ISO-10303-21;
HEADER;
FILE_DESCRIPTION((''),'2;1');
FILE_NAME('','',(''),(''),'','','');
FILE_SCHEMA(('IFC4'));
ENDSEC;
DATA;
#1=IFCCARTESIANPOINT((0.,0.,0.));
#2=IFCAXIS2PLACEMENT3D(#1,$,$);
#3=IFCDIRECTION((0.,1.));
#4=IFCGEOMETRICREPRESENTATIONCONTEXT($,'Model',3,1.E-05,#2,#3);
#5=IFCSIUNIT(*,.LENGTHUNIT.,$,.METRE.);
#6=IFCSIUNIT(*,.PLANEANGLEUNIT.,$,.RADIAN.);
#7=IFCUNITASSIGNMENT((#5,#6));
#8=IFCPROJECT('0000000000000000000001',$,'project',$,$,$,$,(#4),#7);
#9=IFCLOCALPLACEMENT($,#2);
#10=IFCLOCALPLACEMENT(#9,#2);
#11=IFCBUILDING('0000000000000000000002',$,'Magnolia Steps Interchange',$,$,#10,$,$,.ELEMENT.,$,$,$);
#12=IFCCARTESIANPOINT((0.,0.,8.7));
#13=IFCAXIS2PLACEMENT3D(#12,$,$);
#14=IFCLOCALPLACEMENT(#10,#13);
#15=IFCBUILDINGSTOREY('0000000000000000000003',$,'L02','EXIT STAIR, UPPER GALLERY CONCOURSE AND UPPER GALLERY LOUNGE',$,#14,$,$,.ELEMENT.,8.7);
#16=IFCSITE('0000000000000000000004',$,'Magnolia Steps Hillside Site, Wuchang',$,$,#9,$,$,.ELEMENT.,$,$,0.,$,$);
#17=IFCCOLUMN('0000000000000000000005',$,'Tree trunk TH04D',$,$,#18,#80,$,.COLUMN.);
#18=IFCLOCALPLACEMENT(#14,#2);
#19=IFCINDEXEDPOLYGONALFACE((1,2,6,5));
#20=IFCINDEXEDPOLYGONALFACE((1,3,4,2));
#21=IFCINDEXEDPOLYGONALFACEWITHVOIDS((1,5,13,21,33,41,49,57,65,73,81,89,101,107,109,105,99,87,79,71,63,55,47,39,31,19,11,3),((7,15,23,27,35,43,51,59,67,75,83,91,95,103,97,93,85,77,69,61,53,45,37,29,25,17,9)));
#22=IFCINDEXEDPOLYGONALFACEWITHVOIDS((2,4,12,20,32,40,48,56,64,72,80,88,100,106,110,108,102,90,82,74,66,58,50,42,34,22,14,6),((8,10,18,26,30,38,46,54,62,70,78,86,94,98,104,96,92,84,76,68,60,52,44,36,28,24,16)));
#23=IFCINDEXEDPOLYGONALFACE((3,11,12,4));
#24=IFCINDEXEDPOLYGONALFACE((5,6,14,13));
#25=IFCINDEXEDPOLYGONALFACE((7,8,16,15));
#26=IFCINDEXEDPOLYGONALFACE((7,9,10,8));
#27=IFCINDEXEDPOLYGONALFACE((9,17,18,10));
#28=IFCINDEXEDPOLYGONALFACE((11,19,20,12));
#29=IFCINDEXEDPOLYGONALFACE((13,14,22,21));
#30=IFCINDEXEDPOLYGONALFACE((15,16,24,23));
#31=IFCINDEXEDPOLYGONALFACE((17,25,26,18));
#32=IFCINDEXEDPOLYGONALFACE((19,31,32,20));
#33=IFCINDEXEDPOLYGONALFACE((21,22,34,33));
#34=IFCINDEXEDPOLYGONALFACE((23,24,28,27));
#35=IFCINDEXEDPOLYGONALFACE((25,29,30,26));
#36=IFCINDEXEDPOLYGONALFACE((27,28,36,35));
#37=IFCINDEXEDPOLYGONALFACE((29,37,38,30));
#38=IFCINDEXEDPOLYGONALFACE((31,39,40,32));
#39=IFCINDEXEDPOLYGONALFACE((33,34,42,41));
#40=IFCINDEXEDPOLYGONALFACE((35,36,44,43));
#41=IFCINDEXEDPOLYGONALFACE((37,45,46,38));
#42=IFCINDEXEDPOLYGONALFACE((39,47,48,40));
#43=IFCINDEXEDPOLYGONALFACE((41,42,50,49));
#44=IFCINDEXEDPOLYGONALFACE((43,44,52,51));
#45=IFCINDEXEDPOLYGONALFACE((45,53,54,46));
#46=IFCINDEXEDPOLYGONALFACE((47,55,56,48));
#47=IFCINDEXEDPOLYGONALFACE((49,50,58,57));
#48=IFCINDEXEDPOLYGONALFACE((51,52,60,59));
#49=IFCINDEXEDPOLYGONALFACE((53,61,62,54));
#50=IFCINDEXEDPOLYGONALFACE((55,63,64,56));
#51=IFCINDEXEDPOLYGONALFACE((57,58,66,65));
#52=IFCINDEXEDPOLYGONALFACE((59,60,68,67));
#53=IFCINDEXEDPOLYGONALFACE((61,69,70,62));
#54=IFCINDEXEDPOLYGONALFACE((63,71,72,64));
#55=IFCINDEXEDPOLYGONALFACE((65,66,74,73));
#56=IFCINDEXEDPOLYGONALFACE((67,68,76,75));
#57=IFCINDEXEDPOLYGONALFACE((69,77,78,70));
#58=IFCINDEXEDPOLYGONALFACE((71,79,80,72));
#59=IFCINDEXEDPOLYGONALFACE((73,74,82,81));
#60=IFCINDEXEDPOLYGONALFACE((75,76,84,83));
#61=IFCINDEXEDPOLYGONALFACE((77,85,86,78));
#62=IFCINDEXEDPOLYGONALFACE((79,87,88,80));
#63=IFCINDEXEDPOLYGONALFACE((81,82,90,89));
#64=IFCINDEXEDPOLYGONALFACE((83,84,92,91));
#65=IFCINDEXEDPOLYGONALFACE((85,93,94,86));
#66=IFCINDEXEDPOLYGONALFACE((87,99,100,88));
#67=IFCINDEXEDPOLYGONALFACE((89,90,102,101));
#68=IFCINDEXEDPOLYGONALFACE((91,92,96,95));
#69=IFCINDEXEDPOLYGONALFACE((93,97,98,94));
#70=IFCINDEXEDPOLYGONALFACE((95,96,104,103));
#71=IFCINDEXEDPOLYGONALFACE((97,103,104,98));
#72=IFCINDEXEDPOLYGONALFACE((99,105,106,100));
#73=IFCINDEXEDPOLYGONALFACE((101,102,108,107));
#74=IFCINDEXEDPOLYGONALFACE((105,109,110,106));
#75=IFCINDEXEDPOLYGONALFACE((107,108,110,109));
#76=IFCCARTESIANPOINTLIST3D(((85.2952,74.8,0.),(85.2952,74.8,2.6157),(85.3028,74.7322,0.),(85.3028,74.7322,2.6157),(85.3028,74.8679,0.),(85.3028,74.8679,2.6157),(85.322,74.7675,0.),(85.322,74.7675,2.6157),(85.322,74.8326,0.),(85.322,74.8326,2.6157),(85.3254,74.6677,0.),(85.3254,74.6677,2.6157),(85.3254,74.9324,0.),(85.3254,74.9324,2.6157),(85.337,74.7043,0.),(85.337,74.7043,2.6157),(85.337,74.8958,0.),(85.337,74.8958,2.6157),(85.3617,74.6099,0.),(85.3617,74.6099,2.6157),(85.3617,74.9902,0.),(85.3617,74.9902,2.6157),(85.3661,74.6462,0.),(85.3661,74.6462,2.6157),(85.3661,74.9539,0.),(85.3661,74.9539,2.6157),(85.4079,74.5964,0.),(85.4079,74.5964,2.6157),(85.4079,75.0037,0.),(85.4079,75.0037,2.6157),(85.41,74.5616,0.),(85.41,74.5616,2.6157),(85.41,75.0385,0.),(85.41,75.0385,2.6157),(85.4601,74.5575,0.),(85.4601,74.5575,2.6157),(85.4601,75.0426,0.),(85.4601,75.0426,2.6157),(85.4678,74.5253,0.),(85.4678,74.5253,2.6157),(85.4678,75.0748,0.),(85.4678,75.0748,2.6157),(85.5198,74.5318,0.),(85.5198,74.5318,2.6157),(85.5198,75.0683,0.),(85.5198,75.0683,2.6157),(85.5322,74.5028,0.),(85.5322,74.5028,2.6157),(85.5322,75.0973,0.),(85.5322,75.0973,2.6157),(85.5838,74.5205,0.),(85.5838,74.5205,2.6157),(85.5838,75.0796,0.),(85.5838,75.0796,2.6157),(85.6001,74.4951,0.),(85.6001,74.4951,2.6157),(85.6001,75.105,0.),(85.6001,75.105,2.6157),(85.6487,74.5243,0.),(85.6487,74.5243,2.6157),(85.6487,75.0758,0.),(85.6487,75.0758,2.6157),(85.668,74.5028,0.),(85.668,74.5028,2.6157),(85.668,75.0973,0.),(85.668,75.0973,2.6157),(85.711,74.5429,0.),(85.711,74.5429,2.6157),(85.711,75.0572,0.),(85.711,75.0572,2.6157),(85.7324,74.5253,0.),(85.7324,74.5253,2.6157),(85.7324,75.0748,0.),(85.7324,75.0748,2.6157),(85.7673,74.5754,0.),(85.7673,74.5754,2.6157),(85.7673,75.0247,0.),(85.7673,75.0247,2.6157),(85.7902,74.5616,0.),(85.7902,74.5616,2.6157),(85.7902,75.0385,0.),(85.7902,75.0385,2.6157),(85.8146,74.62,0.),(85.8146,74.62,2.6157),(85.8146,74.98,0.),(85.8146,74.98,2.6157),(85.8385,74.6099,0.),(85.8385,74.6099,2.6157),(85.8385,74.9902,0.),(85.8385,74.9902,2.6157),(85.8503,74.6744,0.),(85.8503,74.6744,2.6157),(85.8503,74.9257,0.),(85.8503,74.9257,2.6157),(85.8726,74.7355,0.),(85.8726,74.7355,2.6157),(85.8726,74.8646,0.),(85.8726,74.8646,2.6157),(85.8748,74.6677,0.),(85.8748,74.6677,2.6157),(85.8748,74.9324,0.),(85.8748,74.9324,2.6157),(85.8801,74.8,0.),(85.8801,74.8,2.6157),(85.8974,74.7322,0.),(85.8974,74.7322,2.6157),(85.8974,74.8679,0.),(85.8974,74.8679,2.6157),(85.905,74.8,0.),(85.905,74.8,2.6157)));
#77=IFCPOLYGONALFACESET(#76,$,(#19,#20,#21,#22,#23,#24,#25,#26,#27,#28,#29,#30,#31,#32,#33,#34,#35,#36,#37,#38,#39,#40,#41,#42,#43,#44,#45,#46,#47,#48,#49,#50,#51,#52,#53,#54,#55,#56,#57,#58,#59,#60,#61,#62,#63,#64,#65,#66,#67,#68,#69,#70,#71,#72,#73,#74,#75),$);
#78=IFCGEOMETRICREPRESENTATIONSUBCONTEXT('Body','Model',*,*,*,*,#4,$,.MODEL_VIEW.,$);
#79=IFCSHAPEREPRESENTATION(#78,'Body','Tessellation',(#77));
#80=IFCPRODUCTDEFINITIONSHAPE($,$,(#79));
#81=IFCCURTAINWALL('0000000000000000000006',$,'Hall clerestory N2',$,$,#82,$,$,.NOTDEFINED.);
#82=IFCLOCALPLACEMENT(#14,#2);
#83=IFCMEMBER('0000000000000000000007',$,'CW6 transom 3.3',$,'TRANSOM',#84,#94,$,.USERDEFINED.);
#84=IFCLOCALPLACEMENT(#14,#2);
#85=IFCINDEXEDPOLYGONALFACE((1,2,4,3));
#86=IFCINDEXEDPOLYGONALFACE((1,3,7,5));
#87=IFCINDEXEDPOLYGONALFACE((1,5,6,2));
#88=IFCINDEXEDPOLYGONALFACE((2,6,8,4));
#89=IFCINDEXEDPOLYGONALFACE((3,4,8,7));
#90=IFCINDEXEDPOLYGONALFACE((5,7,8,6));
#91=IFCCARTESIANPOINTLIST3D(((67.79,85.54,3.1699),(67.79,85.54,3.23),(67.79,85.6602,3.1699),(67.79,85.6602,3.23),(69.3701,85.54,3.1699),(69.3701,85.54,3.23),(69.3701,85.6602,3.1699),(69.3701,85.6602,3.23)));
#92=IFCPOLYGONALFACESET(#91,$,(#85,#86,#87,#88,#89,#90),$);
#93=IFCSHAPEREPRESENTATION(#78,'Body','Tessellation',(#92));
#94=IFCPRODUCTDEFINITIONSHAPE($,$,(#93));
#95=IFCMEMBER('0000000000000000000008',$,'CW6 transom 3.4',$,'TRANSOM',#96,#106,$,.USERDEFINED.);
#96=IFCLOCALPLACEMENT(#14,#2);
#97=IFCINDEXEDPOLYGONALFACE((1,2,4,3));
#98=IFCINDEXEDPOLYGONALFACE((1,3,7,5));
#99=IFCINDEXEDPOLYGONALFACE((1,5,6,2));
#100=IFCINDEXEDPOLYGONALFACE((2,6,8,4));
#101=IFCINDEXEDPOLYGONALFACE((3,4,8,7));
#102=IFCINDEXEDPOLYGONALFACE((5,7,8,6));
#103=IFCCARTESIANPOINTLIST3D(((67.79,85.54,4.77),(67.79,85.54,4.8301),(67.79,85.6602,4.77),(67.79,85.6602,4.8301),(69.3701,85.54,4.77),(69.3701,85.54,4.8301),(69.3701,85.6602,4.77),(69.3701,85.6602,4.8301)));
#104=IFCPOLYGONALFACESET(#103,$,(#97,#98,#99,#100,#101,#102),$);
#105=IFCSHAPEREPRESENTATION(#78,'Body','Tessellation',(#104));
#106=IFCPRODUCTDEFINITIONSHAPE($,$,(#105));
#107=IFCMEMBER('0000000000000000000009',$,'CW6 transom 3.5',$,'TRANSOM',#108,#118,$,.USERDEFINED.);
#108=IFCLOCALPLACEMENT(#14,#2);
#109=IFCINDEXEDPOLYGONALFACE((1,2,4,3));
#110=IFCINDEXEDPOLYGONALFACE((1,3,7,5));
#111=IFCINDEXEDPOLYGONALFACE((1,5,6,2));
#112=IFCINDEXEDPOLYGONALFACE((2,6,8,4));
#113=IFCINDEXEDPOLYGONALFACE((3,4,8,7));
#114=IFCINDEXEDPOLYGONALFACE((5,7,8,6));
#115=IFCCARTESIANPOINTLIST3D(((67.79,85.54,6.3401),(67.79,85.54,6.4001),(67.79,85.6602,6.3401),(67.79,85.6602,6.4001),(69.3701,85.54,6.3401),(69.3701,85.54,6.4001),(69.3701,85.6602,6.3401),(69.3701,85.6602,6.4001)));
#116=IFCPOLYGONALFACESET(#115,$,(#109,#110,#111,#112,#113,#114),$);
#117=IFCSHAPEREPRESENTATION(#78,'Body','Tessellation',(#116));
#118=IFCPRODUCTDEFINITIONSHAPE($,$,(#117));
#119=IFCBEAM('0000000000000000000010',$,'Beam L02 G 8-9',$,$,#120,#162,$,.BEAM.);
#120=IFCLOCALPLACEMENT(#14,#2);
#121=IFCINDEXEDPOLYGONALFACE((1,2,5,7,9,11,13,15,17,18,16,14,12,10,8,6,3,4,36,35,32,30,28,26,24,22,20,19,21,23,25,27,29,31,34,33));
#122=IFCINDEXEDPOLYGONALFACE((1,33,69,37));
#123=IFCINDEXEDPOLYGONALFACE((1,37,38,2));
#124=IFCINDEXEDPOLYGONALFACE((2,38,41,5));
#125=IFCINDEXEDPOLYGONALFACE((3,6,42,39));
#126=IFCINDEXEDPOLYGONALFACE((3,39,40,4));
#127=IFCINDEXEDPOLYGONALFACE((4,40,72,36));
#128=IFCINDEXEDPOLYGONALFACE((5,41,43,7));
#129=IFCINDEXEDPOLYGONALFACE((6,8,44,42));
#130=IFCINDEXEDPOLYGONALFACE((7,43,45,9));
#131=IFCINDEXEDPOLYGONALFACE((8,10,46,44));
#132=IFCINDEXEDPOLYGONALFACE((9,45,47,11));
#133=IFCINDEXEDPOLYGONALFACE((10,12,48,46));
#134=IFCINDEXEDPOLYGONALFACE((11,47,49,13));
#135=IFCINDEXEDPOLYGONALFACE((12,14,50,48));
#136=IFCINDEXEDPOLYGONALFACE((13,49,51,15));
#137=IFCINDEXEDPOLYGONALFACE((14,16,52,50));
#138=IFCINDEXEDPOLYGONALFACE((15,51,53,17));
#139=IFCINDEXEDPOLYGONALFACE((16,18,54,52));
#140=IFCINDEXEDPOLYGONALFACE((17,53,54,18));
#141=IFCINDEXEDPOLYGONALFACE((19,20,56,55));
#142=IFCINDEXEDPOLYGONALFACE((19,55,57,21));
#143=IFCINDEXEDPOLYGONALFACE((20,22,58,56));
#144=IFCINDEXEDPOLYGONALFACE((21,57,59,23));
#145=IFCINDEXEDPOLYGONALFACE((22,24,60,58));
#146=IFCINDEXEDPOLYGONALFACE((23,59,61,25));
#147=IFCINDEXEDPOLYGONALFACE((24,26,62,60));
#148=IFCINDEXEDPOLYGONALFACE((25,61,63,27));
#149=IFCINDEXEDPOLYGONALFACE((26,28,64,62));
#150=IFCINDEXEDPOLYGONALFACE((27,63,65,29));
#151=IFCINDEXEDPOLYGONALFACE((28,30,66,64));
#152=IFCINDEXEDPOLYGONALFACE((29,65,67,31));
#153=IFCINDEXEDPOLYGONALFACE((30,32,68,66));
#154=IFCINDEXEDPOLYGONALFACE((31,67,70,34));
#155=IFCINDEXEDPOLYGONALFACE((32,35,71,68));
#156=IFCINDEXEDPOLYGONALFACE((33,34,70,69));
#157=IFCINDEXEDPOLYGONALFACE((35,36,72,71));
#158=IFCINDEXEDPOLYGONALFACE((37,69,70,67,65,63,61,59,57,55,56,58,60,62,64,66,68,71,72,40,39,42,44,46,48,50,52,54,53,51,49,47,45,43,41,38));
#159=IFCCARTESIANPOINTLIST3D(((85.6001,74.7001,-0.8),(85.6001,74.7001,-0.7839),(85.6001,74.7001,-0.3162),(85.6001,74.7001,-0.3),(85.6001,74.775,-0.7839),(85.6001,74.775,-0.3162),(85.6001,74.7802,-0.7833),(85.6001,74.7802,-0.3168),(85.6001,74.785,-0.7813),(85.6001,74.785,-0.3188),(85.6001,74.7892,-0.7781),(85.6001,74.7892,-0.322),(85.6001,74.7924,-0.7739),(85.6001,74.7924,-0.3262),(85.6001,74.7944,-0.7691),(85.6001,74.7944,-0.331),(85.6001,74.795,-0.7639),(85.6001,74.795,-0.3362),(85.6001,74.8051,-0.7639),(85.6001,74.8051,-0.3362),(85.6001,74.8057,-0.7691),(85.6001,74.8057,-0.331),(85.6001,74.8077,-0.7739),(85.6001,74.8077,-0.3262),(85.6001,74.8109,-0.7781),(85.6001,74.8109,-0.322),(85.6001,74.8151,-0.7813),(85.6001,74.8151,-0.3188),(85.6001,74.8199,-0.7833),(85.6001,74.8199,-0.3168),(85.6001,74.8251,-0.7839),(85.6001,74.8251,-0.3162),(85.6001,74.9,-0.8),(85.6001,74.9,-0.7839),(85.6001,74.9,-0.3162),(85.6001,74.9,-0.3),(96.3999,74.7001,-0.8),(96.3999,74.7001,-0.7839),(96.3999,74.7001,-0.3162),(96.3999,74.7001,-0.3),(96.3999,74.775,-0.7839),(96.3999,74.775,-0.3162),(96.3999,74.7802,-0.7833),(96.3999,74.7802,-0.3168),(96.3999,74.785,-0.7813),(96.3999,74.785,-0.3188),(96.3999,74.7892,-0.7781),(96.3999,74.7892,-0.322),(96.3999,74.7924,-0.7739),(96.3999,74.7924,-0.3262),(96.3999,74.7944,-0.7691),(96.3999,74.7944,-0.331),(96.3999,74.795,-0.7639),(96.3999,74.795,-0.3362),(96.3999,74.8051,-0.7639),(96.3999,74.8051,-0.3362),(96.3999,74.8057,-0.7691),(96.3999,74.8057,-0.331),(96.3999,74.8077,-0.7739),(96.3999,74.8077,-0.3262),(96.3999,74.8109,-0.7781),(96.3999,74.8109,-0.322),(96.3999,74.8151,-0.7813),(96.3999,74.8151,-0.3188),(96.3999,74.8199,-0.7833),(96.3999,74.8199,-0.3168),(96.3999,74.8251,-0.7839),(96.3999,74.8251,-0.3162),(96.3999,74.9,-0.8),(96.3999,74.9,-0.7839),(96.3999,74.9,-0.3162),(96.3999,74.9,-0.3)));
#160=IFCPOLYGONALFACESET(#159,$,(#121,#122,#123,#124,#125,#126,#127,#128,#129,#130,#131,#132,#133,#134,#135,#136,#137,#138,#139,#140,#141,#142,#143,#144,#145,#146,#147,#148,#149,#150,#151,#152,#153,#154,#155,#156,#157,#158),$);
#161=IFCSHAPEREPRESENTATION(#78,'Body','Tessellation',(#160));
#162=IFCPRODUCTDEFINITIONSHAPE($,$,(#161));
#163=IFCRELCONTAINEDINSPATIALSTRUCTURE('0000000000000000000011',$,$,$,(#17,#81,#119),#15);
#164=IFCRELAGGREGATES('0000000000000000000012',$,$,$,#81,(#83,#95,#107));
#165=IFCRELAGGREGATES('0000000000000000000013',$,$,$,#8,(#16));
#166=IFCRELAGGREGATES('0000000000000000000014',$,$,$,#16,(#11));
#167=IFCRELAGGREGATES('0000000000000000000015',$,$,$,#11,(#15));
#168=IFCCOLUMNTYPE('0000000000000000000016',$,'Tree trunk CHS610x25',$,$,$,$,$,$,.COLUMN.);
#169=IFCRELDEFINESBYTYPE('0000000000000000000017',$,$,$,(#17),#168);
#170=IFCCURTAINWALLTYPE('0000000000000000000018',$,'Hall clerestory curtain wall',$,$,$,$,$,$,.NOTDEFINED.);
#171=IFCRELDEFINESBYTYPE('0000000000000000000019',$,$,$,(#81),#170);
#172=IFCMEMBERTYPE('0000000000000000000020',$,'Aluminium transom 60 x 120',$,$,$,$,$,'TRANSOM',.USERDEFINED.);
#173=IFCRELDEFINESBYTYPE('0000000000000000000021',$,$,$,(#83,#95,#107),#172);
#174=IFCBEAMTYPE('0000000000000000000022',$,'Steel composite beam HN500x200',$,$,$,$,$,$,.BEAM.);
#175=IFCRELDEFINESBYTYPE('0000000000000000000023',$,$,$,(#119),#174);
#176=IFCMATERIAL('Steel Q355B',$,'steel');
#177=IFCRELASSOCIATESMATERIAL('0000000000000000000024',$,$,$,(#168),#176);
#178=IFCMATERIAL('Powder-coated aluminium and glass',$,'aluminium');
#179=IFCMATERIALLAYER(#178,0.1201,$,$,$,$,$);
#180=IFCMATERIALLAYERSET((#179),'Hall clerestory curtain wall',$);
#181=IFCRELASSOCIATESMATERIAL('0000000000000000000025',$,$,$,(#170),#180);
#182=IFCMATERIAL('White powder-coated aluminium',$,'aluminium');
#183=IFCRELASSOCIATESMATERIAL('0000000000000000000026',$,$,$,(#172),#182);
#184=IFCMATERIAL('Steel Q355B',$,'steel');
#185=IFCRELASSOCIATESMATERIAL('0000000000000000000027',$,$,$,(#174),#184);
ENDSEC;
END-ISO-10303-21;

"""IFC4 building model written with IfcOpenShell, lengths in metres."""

from ifc_helpers import new_model, si_unit, direction, frame, origin, origin_2d, place, context, subcontext, project, spatial, rectangle, hollow_circle, i_section, extrude, material, layer, layer_set, material_profile, profile_set, type_object, element, aggregate, save


model = new_model("IFC4")

# Units and contexts
model_context = context("Model", 3, precision=1e-05, world=origin(), true_north=direction((0.0, 1.0)))
body_context = subcontext(model_context, "Body", "Model", "MODEL_VIEW")
ifc_project = project(units=[si_unit("LENGTHUNIT", "METRE"), si_unit("PLANEANGLEUNIT", "RADIAN")], contexts=[model_context])

# Site, building, storey
site_placement = place(None, origin())
site = spatial("IfcSite", under=ifc_project, at=site_placement, Name="Magnolia Steps Hillside Site, Wuchang", CompositionType="ELEMENT", RefElevation=0.0)
building_placement = place(site_placement, origin())
building = spatial("IfcBuilding", under=site, at=building_placement, Name="Magnolia Steps Interchange", CompositionType="ELEMENT")
storey_placement = place(building_placement, frame((0.0, 0.0, 8.7)))
storey = spatial("IfcBuildingStorey", under=building, at=storey_placement, Name="L02", Description="EXIT STAIR, UPPER GALLERY CONCOURSE AND UPPER GALLERY LOUNGE", CompositionType="ELEMENT", Elevation=8.7)

# Column
ifc_material_1 = material(Name="Steel Q355B", Category="steel")
ifc_material_profile_1 = material_profile(ifc_material_1, hollow_circle(Radius=0.3049, WallThickness=0.0249, at=origin_2d()), Name="CHS610x25")
ifc_profile_set_1 = profile_set([ifc_material_profile_1], Name="Steel Q355B")
column_type = type_object("IfcColumnType", Name="Tree trunk CHS610x25", PredefinedType="COLUMN", material=ifc_profile_set_1)
column_placement = place(storey_placement, frame((85.6001, 74.8, 0.0), z_axis=(0.0, 0.0, 1.0), x_axis=(1.0, 0.0, 0.0)))
element("IfcColumn", 1, at=column_placement, inside=storey, type_object=column_type, Name="Tree trunk TH04D", PredefinedType="COLUMN", context=body_context, shape_type="SweptSolid", body=[
    extrude(hollow_circle(Radius=0.3049, WallThickness=0.0249, at=origin_2d()), origin(), (0.0, 0.0, 1.0), 2.6157),
])

# Curtain wall, members
ifc_material_2 = material(Name="Powder-coated aluminium and glass", Category="aluminium")
ifc_layer_1 = layer(ifc_material_2, 0.1201)
ifc_layer_set_1 = layer_set([ifc_layer_1], Name="Hall clerestory curtain wall")
curtain_wall_type = type_object("IfcCurtainWallType", Name="Hall clerestory curtain wall", PredefinedType="NOTDEFINED", material=ifc_layer_set_1)
curtain_wall_placement = place(storey_placement, origin())
curtain_wall = element("IfcCurtainWall", 2, at=curtain_wall_placement, inside=storey, type_object=curtain_wall_type, Name="Hall clerestory N2", PredefinedType="NOTDEFINED")
ifc_material_3 = material(Name="White powder-coated aluminium", Category="aluminium")
ifc_material_profile_2 = material_profile(ifc_material_3, rectangle(XDim=0.0601, YDim=0.1201, at=origin_2d()), Name="Aluminium transom 60 x 120")
ifc_profile_set_2 = profile_set([ifc_material_profile_2], Name="White powder-coated aluminium")
member_type_1 = type_object("IfcMemberType", Name="Aluminium transom 60 x 120", ElementType="TRANSOM", PredefinedType="USERDEFINED", material=ifc_profile_set_2)
member_1_placement = place(storey_placement, frame((67.79, 85.6001, 3.2), z_axis=(1.0, 0.0, 0.0), x_axis=(0.0, 0.0, 1.0)))
member_1 = element("IfcMember", 3, at=member_1_placement, type_object=member_type_1, Name="CW6 transom 3.3", ObjectType="TRANSOM", PredefinedType="USERDEFINED", context=body_context, shape_type="SweptSolid", body=[
    extrude(rectangle(XDim=0.0601, YDim=0.1201, at=origin_2d()), origin(), (0.0, 0.0, 1.0), 1.5801),
])
member_2_placement = place(storey_placement, frame((67.79, 85.6001, 4.8), z_axis=(1.0, 0.0, 0.0), x_axis=(0.0, 0.0, 1.0)))
member_2 = element("IfcMember", 4, at=member_2_placement, type_object=member_type_1, Name="CW6 transom 3.4", ObjectType="TRANSOM", PredefinedType="USERDEFINED", context=body_context, shape_type="SweptSolid", body=[
    extrude(rectangle(XDim=0.0601, YDim=0.1201, at=origin_2d()), origin(), (0.0, 0.0, 1.0), 1.5801),
])
member_3_placement = place(storey_placement, frame((67.79, 85.6001, 6.3701), z_axis=(1.0, 0.0, 0.0), x_axis=(0.0, 0.0, 1.0)))
member_3 = element("IfcMember", 5, at=member_3_placement, type_object=member_type_1, Name="CW6 transom 3.5", ObjectType="TRANSOM", PredefinedType="USERDEFINED", context=body_context, shape_type="SweptSolid", body=[
    extrude(rectangle(XDim=0.0601, YDim=0.1201, at=origin_2d()), origin(), (0.0, 0.0, 1.0), 1.5801),
])
aggregate(curtain_wall, [member_1, member_2, member_3])

# Beam
ifc_material_4 = material(Name="Steel Q355B", Category="steel")
ifc_material_profile_3 = material_profile(ifc_material_4, i_section(OverallWidth=0.2, OverallDepth=0.5, WebThickness=0.01, FlangeThickness=0.0161, FilletRadius=0.02, at=origin_2d()), Name="HN500x200")
ifc_profile_set_3 = profile_set([ifc_material_profile_3], Name="Steel Q355B")
beam_type = type_object("IfcBeamType", Name="Steel composite beam HN500x200", PredefinedType="BEAM", material=ifc_profile_set_3)
beam_1_placement = place(storey_placement, frame((85.6001, 74.8, -0.55), z_axis=(1.0, 0.0, 0.0), x_axis=(0.0, 1.0, 0.0)))
element("IfcBeam", 6, at=beam_1_placement, inside=storey, type_object=beam_type, Name="Beam L02 G 8-9", PredefinedType="BEAM", context=body_context, shape_type="SweptSolid", body=[
    extrude(i_section(OverallWidth=0.2, OverallDepth=0.5, WebThickness=0.01, FlangeThickness=0.0161, FilletRadius=0.02, at=origin_2d()), origin(), (0.0, 0.0, 1.0), 10.7998),
])

save(model, "model.ifc")
